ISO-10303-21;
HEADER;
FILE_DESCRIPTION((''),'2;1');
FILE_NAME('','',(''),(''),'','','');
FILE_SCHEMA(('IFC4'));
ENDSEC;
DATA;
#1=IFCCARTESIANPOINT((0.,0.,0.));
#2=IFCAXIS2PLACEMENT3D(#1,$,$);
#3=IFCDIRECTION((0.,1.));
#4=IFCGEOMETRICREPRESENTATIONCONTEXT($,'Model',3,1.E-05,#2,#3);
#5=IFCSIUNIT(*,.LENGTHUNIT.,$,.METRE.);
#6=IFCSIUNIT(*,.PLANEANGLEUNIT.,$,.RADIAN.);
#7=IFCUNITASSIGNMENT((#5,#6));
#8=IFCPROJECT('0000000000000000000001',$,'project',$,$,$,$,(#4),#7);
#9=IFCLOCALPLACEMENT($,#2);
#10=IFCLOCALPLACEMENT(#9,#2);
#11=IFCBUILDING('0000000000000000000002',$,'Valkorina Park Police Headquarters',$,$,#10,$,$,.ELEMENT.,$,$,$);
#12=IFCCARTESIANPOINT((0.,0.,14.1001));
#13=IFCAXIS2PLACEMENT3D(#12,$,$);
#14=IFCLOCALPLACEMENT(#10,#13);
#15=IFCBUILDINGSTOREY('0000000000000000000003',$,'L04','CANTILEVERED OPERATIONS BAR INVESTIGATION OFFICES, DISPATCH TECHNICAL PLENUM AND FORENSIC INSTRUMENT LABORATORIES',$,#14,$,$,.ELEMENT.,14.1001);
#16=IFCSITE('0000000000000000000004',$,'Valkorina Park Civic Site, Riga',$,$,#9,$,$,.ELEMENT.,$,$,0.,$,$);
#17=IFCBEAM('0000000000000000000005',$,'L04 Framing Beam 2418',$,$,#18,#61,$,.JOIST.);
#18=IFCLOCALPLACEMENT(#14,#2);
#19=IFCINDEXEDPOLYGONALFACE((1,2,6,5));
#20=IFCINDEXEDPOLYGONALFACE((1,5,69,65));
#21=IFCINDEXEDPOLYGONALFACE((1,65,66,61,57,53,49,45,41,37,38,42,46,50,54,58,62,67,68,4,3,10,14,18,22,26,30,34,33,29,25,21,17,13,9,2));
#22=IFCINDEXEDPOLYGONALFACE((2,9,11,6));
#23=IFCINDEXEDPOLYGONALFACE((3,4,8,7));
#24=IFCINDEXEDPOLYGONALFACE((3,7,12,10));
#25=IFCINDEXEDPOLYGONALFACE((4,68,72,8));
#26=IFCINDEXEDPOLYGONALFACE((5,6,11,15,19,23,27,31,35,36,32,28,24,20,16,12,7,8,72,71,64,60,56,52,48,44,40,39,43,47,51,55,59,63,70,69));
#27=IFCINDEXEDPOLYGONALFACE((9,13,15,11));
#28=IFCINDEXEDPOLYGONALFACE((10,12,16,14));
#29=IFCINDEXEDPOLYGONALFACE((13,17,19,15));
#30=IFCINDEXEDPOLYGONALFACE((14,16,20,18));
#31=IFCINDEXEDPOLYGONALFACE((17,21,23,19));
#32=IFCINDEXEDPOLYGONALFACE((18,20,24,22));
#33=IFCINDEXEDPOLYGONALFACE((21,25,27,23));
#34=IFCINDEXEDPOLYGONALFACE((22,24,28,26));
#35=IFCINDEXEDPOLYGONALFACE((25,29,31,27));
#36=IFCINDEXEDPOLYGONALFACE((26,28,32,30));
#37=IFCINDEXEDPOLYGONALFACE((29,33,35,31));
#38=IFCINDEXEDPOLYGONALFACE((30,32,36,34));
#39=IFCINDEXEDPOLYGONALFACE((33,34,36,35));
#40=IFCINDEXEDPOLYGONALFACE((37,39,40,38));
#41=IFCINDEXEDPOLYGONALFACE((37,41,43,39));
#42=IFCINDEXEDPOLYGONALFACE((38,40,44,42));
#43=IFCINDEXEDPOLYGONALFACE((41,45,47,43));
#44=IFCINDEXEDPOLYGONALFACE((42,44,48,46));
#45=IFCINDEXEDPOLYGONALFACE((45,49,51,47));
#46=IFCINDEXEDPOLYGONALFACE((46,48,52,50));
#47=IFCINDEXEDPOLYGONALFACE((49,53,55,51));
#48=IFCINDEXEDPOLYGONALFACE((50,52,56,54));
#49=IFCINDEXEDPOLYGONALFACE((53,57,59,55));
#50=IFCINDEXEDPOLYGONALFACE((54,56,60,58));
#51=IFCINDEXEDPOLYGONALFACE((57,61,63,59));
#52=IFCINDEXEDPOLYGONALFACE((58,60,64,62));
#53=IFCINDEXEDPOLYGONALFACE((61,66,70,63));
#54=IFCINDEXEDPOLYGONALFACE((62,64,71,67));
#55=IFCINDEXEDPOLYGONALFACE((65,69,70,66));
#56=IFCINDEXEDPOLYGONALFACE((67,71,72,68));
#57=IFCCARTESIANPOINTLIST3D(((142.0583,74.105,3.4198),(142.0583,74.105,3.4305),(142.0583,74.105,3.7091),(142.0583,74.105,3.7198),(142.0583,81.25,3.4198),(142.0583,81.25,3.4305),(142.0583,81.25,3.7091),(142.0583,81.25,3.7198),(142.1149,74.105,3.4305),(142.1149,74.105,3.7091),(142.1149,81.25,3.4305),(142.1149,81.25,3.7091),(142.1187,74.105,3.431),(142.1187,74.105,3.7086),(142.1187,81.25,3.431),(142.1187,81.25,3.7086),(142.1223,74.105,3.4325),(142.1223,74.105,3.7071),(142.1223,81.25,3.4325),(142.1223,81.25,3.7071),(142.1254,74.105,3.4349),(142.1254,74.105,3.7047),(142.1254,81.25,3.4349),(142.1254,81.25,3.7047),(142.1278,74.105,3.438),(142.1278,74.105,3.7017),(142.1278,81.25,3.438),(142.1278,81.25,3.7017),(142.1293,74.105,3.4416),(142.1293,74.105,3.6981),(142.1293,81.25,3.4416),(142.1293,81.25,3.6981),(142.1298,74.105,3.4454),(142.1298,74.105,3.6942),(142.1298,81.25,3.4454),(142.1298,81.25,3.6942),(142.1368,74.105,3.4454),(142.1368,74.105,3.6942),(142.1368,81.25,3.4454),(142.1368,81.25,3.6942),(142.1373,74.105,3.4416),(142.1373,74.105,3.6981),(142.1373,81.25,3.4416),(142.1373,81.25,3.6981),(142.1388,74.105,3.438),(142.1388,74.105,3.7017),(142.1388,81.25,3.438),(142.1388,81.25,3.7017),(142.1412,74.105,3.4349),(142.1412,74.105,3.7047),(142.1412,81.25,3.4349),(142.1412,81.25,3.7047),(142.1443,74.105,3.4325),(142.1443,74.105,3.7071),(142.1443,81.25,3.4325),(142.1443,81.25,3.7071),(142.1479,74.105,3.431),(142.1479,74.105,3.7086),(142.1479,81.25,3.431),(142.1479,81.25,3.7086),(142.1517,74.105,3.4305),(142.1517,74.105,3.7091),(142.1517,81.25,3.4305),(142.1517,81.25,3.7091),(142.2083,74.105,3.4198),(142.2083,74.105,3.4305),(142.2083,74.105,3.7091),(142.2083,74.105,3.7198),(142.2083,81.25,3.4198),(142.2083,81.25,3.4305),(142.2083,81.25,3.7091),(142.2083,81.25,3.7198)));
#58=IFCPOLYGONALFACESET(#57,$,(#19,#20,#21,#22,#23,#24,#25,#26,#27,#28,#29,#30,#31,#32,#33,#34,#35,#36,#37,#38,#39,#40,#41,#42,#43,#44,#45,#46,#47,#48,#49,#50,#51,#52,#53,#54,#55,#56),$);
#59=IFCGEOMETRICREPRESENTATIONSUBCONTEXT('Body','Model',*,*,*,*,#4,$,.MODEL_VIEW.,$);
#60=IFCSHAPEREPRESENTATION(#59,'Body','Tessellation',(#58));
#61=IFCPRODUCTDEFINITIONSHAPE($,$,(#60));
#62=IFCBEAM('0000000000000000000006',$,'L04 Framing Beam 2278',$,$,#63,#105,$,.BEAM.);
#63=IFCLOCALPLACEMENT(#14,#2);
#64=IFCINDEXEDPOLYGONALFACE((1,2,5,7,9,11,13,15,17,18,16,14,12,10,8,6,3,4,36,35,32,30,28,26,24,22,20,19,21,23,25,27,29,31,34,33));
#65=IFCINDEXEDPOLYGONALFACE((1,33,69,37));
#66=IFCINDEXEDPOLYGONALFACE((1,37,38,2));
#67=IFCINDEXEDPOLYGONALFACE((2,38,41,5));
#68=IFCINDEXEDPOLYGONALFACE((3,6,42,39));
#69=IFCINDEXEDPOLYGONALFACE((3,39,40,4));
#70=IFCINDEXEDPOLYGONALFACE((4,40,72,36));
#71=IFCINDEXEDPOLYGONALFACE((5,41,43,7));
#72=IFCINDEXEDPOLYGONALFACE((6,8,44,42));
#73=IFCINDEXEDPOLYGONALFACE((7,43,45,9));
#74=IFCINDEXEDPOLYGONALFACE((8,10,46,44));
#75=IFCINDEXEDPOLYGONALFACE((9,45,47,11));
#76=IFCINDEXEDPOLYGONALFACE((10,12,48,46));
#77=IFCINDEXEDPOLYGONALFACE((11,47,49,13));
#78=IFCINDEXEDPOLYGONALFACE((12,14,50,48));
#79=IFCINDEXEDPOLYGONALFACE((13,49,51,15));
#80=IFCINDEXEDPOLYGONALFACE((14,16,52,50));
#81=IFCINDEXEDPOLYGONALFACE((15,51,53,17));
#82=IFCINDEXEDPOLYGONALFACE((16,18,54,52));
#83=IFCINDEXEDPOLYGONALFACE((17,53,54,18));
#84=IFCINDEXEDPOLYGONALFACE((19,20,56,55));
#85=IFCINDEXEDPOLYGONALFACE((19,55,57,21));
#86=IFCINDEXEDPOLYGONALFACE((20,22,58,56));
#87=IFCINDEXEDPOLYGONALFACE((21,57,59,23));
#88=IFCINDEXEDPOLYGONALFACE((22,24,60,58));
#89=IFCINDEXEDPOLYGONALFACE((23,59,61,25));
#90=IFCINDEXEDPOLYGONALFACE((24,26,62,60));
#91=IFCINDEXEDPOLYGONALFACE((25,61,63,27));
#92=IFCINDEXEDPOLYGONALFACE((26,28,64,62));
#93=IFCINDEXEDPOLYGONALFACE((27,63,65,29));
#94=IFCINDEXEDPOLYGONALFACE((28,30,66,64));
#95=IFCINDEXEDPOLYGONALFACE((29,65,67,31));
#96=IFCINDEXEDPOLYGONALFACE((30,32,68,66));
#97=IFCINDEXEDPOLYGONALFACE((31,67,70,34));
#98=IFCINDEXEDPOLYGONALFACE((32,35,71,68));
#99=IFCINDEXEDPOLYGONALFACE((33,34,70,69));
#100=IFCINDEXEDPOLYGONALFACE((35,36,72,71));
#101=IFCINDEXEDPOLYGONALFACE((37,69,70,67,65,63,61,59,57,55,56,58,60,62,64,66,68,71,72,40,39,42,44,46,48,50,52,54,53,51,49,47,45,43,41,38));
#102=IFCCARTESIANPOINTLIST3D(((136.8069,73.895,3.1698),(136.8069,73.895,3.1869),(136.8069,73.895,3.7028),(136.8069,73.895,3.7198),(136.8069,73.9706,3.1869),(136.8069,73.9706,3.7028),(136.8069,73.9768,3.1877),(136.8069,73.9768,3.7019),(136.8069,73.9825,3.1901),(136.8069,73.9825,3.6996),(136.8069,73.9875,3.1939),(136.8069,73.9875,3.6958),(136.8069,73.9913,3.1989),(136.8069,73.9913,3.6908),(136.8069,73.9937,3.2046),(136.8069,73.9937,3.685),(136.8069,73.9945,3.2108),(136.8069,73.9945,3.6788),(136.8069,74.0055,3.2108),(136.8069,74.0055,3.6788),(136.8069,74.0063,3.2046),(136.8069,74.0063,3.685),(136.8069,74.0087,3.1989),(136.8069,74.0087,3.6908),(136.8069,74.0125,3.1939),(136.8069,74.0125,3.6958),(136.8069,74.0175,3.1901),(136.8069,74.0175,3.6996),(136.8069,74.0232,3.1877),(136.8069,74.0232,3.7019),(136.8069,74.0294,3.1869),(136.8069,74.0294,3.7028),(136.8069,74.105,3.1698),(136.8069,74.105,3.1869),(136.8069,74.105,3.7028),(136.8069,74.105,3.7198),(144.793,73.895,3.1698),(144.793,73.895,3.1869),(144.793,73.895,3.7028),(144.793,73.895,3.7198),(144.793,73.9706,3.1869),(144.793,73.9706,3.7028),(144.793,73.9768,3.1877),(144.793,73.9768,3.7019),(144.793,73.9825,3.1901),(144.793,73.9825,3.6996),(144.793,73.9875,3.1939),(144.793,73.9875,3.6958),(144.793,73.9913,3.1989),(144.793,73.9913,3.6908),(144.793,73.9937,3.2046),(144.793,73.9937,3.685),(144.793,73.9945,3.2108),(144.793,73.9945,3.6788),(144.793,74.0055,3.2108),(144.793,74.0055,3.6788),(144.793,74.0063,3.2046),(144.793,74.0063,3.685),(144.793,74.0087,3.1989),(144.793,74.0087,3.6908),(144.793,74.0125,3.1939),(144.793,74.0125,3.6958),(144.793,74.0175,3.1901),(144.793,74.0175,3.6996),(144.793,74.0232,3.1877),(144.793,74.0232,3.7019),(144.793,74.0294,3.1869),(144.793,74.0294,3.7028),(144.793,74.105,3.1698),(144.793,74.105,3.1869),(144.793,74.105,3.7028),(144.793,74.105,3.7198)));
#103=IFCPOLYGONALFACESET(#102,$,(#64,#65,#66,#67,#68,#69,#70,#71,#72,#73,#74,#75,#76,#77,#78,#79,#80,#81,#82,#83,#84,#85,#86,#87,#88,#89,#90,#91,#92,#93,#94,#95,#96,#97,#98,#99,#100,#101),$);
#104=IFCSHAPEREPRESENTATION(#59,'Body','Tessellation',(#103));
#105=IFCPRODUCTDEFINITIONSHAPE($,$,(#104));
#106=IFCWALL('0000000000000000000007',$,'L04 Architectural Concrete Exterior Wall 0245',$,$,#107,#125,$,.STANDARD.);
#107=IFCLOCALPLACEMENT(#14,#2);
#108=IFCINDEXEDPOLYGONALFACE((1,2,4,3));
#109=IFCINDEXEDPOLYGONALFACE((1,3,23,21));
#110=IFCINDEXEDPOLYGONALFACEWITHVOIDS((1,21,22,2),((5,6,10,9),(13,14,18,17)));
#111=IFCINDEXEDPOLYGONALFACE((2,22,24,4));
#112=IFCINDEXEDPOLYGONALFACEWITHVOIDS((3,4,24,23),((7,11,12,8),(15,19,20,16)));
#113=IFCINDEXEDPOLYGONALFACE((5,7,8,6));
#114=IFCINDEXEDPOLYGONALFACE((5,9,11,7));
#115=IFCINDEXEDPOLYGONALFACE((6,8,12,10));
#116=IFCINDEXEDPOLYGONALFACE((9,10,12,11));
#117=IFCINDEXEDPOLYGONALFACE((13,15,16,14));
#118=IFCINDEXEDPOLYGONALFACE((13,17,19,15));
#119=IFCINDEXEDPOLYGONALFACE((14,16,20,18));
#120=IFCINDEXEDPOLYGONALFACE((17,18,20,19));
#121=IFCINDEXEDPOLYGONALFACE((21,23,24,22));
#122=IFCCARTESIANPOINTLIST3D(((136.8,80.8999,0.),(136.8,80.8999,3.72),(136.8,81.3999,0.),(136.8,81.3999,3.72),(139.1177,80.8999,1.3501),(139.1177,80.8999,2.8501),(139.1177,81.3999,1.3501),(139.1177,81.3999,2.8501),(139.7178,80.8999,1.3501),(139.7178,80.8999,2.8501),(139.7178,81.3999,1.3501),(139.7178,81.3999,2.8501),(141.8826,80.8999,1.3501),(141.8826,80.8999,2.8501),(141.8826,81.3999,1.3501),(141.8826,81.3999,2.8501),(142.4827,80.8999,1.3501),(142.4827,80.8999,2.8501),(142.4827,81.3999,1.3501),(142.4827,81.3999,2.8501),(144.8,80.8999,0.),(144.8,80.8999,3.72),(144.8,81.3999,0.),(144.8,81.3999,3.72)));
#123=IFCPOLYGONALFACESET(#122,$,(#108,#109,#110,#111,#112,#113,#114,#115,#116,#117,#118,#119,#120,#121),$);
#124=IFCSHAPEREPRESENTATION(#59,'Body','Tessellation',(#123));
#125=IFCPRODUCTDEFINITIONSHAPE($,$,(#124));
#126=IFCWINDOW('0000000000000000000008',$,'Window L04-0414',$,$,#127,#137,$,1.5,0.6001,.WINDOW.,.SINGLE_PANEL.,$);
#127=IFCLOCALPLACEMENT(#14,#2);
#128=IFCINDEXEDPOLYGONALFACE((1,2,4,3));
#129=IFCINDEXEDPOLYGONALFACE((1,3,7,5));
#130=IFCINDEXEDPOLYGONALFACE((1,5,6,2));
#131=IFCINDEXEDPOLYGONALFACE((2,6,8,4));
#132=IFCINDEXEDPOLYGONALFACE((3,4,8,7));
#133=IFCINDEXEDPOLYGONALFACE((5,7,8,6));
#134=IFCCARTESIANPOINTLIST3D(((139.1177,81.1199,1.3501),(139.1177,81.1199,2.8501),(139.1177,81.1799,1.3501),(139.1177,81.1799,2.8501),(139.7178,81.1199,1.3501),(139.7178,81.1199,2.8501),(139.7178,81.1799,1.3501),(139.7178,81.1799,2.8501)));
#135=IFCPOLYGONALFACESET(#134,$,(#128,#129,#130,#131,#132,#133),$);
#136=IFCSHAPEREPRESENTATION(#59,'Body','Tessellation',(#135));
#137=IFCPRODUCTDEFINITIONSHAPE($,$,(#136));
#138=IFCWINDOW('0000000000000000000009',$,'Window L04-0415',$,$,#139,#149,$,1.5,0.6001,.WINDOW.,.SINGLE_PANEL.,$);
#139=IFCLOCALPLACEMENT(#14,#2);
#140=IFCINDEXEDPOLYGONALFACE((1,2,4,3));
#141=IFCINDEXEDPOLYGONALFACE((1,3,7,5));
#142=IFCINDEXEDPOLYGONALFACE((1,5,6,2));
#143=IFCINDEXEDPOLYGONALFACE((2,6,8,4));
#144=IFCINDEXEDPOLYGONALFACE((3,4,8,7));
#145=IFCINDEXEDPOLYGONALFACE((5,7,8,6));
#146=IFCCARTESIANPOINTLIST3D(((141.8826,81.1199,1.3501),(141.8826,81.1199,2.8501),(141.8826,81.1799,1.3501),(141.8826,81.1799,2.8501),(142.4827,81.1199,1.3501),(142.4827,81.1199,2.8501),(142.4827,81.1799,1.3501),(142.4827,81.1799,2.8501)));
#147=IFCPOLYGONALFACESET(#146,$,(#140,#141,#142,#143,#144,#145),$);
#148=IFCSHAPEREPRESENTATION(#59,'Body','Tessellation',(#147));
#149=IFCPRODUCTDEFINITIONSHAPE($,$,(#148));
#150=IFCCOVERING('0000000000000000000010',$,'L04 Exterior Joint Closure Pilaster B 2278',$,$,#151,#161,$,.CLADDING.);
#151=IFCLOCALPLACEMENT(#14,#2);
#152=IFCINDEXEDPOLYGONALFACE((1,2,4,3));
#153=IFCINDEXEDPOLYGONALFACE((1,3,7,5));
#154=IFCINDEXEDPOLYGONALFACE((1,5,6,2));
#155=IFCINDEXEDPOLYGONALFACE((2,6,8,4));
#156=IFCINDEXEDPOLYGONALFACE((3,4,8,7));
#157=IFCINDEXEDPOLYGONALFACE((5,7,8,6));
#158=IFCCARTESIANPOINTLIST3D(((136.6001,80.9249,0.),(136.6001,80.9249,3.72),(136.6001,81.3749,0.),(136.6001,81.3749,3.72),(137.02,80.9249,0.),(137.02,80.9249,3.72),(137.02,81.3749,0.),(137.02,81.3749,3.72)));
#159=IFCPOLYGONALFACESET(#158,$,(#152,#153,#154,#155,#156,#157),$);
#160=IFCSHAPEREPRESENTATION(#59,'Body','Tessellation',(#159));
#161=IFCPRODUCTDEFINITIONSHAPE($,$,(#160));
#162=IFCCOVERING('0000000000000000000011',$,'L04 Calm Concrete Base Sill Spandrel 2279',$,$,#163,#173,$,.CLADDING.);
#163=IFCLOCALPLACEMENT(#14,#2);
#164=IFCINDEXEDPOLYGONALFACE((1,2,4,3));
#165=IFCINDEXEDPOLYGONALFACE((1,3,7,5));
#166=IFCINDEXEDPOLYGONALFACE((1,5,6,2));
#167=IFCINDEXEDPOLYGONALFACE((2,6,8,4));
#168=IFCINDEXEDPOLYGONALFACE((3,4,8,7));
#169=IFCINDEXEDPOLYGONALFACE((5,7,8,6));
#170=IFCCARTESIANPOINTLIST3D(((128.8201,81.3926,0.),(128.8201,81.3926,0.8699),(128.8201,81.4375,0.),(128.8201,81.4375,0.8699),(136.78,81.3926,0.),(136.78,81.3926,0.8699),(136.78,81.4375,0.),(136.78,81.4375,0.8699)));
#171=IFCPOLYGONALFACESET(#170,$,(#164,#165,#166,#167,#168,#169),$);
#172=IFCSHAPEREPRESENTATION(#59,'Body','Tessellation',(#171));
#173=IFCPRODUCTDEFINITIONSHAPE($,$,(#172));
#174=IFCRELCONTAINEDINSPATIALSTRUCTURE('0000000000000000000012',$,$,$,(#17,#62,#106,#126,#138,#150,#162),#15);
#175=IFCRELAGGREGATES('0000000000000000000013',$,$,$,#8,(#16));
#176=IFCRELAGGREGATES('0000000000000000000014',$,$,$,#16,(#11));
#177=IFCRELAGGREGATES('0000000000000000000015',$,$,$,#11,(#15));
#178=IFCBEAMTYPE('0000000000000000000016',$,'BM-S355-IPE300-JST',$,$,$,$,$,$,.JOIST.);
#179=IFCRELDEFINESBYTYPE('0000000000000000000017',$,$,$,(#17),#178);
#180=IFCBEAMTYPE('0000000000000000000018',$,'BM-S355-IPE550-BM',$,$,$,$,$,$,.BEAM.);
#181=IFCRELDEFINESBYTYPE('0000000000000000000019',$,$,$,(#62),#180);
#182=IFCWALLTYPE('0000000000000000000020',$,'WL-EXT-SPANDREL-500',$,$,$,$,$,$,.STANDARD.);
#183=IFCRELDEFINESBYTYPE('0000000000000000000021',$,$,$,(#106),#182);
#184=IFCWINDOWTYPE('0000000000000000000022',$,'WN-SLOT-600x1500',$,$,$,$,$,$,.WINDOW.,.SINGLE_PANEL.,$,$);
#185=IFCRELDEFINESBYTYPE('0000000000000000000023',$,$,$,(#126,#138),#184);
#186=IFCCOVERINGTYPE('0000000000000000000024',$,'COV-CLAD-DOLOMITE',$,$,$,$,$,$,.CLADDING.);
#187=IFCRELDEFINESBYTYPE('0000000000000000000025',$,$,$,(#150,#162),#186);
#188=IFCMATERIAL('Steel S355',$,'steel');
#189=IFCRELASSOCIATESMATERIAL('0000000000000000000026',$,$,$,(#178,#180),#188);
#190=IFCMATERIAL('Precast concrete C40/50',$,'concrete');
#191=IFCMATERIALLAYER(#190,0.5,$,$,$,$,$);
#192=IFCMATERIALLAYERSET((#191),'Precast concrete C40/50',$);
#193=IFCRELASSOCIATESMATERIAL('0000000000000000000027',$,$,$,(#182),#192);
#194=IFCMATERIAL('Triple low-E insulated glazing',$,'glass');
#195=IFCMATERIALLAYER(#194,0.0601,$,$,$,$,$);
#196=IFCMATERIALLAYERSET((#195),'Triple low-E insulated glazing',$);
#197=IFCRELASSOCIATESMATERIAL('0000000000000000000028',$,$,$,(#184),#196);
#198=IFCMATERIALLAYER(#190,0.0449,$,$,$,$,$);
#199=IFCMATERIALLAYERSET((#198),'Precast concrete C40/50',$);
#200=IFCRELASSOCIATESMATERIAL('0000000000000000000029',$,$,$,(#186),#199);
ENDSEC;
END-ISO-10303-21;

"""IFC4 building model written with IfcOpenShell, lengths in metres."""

from ifc_helpers import new_model, si_unit, direction, frame, frame_2d, origin, origin_2d, place, context, subcontext, project, spatial, rectangle, i_section, extrude, material, layer, layer_set, material_profile, profile_set, type_object, element, fill, save


model = new_model("IFC4")

# Units and contexts
model_context = context("Model", 3, precision=1e-05, world=origin(), true_north=direction((0.0, 1.0)))
body_context = subcontext(model_context, "Body", "Model", "MODEL_VIEW")
ifc_project = project(units=[si_unit("LENGTHUNIT", "METRE"), si_unit("PLANEANGLEUNIT", "RADIAN")], contexts=[model_context])

# Site, building, storey
site_placement = place(None, origin())
site = spatial("IfcSite", under=ifc_project, at=site_placement, Name="Valkorina Park Civic Site, Riga", CompositionType="ELEMENT", RefElevation=0.0)
building_placement = place(site_placement, origin())
building = spatial("IfcBuilding", under=site, at=building_placement, Name="Valkorina Park Police Headquarters", CompositionType="ELEMENT")
storey_placement = place(building_placement, frame((0.0, 0.0, 14.1001)))
storey = spatial("IfcBuildingStorey", under=building, at=storey_placement, Name="L04", Description="CANTILEVERED OPERATIONS BAR INVESTIGATION OFFICES, DISPATCH TECHNICAL PLENUM AND FORENSIC INSTRUMENT LABORATORIES", CompositionType="ELEMENT", Elevation=14.1001)

# Shared definitions
ifc_material_1 = material(Name="Steel S355", Category="steel")

# Beams
ifc_material_profile_1 = material_profile(ifc_material_1, i_section(OverallWidth=0.1499, OverallDepth=0.3, WebThickness=0.0071, FlangeThickness=0.0107, FilletRadius=0.0149, at=origin_2d()), Name="IPE 300")
ifc_profile_set_1 = profile_set([ifc_material_profile_1], Name="Steel S355")
beam_type_1 = type_object("IfcBeamType", Name="BM-S355-IPE300-JST", PredefinedType="JOIST", material=ifc_profile_set_1)
for number, where, z_axis, x_axis, name in (
    (1, (142.1333, 74.105, 3.5698), (0.0, 1.0, 0.0), (-1.0, 0.0, 0.0), "L04 Framing Beam 2418"),
):
    element("IfcBeam", number, at=place(storey_placement, frame(where, z_axis=z_axis, x_axis=x_axis)), inside=storey, type_object=beam_type_1, Name=name, PredefinedType="JOIST", context=body_context, shape_type="SweptSolid", body=[
        extrude(i_section(OverallWidth=0.1499, OverallDepth=0.3, WebThickness=0.0071, FlangeThickness=0.0107, FilletRadius=0.0149, at=origin_2d()), origin(), (0.0, 0.0, 1.0), 7.145),
    ])
ifc_material_profile_2 = material_profile(ifc_material_1, i_section(OverallWidth=0.21, OverallDepth=0.55, WebThickness=0.011, FlangeThickness=0.0171, FilletRadius=0.0239, at=origin_2d()), Name="IPE 550")
ifc_profile_set_2 = profile_set([ifc_material_profile_2], Name="Steel S355")
beam_type_2 = type_object("IfcBeamType", Name="BM-S355-IPE550-BM", PredefinedType="BEAM", material=ifc_profile_set_2)
beam_1_placement = place(storey_placement, frame((136.8069, 74.0, 3.4448), z_axis=(1.0, 0.0, 0.0), x_axis=(0.0, 1.0, 0.0)))
element("IfcBeam", 2, at=beam_1_placement, inside=storey, type_object=beam_type_2, Name="L04 Framing Beam 2278", PredefinedType="BEAM", context=body_context, shape_type="SweptSolid", body=[
    extrude(i_section(OverallWidth=0.21, OverallDepth=0.55, WebThickness=0.011, FlangeThickness=0.0171, FilletRadius=0.0239, at=origin_2d()), origin(), (0.0, 0.0, 1.0), 7.9861),
])

# Wall, openings, windows
ifc_material_2 = material(Name="Precast concrete C40/50", Category="concrete")
ifc_layer_1 = layer(ifc_material_2, 0.5)
ifc_layer_set_1 = layer_set([ifc_layer_1], Name="Precast concrete C40/50")
wall_type = type_object("IfcWallType", Name="WL-EXT-SPANDREL-500", PredefinedType="STANDARD", material=ifc_layer_set_1)
wall_placement = place(storey_placement, frame((136.8, 81.1499, 0.0), z_axis=(0.0, 0.0, 1.0), x_axis=(1.0, 0.0, 0.0)))
wall = element("IfcWall", 3, at=wall_placement, inside=storey, type_object=wall_type, Name="L04 Architectural Concrete Exterior Wall 0245", PredefinedType="STANDARD", context=body_context, shape_type="SweptSolid", body=[
    extrude(rectangle(XDim=8.0, YDim=0.5, at=frame_2d((4.0, 0.0))), origin(), (0.0, 0.0, 1.0), 3.72),
])
opening_1_placement = place(wall_placement, frame((2.3176, 0.0, 1.3501)))
opening_1 = element("IfcOpeningElement", 4, at=opening_1_placement, cuts=wall, PredefinedType="OPENING", context=body_context, shape_type="SweptSolid", body=[
    extrude(rectangle(XDim=0.6001, YDim=1.5, at=frame_2d((0.3, 0.75))), frame((0.0, 0.26, 0.0), z_axis=(0.0, -1.0, 0.0), x_axis=(1.0, 0.0, 0.0)), (0.0, 0.0, 1.0), 0.52),
])
opening_2_placement = place(wall_placement, frame((5.0825, 0.0, 1.3501)))
opening_2 = element("IfcOpeningElement", 5, at=opening_2_placement, cuts=wall, PredefinedType="OPENING", context=body_context, shape_type="SweptSolid", body=[
    extrude(rectangle(XDim=0.6001, YDim=1.5, at=frame_2d((0.3, 0.75))), frame((0.0, 0.26, 0.0), z_axis=(0.0, -1.0, 0.0), x_axis=(1.0, 0.0, 0.0)), (0.0, 0.0, 1.0), 0.52),
])
ifc_material_3 = material(Name="Triple low-E insulated glazing", Category="glass")
ifc_layer_2 = layer(ifc_material_3, 0.0601)
ifc_layer_set_2 = layer_set([ifc_layer_2], Name="Triple low-E insulated glazing")
window_type = type_object("IfcWindowType", Name="WN-SLOT-600x1500", PartitioningType="SINGLE_PANEL", PredefinedType="WINDOW", material=ifc_layer_set_2)
window_1_placement = place(opening_1_placement, origin())
window_1 = element("IfcWindow", 6, at=window_1_placement, inside=storey, type_object=window_type, Name="Window L04-0414", OverallHeight=1.5, OverallWidth=0.6001, PartitioningType="SINGLE_PANEL", PredefinedType="WINDOW", context=body_context, shape_type="SweptSolid", body=[
    extrude(rectangle(XDim=0.6001, YDim=1.5, at=frame_2d((0.3, 0.75))), frame((0.0, 0.03, 0.0), z_axis=(0.0, -1.0, 0.0), x_axis=(1.0, 0.0, 0.0)), (0.0, 0.0, 1.0), 0.0601),
])
fill(opening_1, window_1)
window_2_placement = place(opening_2_placement, origin())
window_2 = element("IfcWindow", 7, at=window_2_placement, inside=storey, type_object=window_type, Name="Window L04-0415", OverallHeight=1.5, OverallWidth=0.6001, PartitioningType="SINGLE_PANEL", PredefinedType="WINDOW", context=body_context, shape_type="SweptSolid", body=[
    extrude(rectangle(XDim=0.6001, YDim=1.5, at=frame_2d((0.3, 0.75))), frame((0.0, 0.03, 0.0), z_axis=(0.0, -1.0, 0.0), x_axis=(1.0, 0.0, 0.0)), (0.0, 0.0, 1.0), 0.0601),
])
fill(opening_2, window_2)

# Coverings
ifc_layer_3 = layer(ifc_material_2, 0.0449)
ifc_layer_set_3 = layer_set([ifc_layer_3], Name="Precast concrete C40/50")
covering_type = type_object("IfcCoveringType", Name="COV-CLAD-DOLOMITE", PredefinedType="CLADDING", material=ifc_layer_set_3)
covering_1_placement = place(storey_placement, frame((136.8101, 81.1499, 0.0), z_axis=(0.0, 0.0, 1.0), x_axis=(1.0, 0.0, 0.0)))
element("IfcCovering", 8, at=covering_1_placement, inside=storey, type_object=covering_type, Name="L04 Exterior Joint Closure Pilaster B 2278", PredefinedType="CLADDING", context=body_context, shape_type="SweptSolid", body=[
    extrude(rectangle(XDim=0.4199, YDim=0.45, at=origin_2d()), origin(), (0.0, 0.0, 1.0), 3.72),
])
covering_2_placement = place(storey_placement, frame((128.8201, 81.415, 0.0), z_axis=(0.0, 0.0, 1.0), x_axis=(1.0, 0.0, 0.0)))
element("IfcCovering", 9, at=covering_2_placement, inside=storey, type_object=covering_type, Name="L04 Calm Concrete Base Sill Spandrel 2279", PredefinedType="CLADDING", context=body_context, shape_type="SweptSolid", body=[
    extrude(rectangle(XDim=7.96, YDim=0.0449, at=frame_2d((3.98, 0.0))), origin(), (0.0, 0.0, 1.0), 0.8699),
])

save(model, "model.ifc")
